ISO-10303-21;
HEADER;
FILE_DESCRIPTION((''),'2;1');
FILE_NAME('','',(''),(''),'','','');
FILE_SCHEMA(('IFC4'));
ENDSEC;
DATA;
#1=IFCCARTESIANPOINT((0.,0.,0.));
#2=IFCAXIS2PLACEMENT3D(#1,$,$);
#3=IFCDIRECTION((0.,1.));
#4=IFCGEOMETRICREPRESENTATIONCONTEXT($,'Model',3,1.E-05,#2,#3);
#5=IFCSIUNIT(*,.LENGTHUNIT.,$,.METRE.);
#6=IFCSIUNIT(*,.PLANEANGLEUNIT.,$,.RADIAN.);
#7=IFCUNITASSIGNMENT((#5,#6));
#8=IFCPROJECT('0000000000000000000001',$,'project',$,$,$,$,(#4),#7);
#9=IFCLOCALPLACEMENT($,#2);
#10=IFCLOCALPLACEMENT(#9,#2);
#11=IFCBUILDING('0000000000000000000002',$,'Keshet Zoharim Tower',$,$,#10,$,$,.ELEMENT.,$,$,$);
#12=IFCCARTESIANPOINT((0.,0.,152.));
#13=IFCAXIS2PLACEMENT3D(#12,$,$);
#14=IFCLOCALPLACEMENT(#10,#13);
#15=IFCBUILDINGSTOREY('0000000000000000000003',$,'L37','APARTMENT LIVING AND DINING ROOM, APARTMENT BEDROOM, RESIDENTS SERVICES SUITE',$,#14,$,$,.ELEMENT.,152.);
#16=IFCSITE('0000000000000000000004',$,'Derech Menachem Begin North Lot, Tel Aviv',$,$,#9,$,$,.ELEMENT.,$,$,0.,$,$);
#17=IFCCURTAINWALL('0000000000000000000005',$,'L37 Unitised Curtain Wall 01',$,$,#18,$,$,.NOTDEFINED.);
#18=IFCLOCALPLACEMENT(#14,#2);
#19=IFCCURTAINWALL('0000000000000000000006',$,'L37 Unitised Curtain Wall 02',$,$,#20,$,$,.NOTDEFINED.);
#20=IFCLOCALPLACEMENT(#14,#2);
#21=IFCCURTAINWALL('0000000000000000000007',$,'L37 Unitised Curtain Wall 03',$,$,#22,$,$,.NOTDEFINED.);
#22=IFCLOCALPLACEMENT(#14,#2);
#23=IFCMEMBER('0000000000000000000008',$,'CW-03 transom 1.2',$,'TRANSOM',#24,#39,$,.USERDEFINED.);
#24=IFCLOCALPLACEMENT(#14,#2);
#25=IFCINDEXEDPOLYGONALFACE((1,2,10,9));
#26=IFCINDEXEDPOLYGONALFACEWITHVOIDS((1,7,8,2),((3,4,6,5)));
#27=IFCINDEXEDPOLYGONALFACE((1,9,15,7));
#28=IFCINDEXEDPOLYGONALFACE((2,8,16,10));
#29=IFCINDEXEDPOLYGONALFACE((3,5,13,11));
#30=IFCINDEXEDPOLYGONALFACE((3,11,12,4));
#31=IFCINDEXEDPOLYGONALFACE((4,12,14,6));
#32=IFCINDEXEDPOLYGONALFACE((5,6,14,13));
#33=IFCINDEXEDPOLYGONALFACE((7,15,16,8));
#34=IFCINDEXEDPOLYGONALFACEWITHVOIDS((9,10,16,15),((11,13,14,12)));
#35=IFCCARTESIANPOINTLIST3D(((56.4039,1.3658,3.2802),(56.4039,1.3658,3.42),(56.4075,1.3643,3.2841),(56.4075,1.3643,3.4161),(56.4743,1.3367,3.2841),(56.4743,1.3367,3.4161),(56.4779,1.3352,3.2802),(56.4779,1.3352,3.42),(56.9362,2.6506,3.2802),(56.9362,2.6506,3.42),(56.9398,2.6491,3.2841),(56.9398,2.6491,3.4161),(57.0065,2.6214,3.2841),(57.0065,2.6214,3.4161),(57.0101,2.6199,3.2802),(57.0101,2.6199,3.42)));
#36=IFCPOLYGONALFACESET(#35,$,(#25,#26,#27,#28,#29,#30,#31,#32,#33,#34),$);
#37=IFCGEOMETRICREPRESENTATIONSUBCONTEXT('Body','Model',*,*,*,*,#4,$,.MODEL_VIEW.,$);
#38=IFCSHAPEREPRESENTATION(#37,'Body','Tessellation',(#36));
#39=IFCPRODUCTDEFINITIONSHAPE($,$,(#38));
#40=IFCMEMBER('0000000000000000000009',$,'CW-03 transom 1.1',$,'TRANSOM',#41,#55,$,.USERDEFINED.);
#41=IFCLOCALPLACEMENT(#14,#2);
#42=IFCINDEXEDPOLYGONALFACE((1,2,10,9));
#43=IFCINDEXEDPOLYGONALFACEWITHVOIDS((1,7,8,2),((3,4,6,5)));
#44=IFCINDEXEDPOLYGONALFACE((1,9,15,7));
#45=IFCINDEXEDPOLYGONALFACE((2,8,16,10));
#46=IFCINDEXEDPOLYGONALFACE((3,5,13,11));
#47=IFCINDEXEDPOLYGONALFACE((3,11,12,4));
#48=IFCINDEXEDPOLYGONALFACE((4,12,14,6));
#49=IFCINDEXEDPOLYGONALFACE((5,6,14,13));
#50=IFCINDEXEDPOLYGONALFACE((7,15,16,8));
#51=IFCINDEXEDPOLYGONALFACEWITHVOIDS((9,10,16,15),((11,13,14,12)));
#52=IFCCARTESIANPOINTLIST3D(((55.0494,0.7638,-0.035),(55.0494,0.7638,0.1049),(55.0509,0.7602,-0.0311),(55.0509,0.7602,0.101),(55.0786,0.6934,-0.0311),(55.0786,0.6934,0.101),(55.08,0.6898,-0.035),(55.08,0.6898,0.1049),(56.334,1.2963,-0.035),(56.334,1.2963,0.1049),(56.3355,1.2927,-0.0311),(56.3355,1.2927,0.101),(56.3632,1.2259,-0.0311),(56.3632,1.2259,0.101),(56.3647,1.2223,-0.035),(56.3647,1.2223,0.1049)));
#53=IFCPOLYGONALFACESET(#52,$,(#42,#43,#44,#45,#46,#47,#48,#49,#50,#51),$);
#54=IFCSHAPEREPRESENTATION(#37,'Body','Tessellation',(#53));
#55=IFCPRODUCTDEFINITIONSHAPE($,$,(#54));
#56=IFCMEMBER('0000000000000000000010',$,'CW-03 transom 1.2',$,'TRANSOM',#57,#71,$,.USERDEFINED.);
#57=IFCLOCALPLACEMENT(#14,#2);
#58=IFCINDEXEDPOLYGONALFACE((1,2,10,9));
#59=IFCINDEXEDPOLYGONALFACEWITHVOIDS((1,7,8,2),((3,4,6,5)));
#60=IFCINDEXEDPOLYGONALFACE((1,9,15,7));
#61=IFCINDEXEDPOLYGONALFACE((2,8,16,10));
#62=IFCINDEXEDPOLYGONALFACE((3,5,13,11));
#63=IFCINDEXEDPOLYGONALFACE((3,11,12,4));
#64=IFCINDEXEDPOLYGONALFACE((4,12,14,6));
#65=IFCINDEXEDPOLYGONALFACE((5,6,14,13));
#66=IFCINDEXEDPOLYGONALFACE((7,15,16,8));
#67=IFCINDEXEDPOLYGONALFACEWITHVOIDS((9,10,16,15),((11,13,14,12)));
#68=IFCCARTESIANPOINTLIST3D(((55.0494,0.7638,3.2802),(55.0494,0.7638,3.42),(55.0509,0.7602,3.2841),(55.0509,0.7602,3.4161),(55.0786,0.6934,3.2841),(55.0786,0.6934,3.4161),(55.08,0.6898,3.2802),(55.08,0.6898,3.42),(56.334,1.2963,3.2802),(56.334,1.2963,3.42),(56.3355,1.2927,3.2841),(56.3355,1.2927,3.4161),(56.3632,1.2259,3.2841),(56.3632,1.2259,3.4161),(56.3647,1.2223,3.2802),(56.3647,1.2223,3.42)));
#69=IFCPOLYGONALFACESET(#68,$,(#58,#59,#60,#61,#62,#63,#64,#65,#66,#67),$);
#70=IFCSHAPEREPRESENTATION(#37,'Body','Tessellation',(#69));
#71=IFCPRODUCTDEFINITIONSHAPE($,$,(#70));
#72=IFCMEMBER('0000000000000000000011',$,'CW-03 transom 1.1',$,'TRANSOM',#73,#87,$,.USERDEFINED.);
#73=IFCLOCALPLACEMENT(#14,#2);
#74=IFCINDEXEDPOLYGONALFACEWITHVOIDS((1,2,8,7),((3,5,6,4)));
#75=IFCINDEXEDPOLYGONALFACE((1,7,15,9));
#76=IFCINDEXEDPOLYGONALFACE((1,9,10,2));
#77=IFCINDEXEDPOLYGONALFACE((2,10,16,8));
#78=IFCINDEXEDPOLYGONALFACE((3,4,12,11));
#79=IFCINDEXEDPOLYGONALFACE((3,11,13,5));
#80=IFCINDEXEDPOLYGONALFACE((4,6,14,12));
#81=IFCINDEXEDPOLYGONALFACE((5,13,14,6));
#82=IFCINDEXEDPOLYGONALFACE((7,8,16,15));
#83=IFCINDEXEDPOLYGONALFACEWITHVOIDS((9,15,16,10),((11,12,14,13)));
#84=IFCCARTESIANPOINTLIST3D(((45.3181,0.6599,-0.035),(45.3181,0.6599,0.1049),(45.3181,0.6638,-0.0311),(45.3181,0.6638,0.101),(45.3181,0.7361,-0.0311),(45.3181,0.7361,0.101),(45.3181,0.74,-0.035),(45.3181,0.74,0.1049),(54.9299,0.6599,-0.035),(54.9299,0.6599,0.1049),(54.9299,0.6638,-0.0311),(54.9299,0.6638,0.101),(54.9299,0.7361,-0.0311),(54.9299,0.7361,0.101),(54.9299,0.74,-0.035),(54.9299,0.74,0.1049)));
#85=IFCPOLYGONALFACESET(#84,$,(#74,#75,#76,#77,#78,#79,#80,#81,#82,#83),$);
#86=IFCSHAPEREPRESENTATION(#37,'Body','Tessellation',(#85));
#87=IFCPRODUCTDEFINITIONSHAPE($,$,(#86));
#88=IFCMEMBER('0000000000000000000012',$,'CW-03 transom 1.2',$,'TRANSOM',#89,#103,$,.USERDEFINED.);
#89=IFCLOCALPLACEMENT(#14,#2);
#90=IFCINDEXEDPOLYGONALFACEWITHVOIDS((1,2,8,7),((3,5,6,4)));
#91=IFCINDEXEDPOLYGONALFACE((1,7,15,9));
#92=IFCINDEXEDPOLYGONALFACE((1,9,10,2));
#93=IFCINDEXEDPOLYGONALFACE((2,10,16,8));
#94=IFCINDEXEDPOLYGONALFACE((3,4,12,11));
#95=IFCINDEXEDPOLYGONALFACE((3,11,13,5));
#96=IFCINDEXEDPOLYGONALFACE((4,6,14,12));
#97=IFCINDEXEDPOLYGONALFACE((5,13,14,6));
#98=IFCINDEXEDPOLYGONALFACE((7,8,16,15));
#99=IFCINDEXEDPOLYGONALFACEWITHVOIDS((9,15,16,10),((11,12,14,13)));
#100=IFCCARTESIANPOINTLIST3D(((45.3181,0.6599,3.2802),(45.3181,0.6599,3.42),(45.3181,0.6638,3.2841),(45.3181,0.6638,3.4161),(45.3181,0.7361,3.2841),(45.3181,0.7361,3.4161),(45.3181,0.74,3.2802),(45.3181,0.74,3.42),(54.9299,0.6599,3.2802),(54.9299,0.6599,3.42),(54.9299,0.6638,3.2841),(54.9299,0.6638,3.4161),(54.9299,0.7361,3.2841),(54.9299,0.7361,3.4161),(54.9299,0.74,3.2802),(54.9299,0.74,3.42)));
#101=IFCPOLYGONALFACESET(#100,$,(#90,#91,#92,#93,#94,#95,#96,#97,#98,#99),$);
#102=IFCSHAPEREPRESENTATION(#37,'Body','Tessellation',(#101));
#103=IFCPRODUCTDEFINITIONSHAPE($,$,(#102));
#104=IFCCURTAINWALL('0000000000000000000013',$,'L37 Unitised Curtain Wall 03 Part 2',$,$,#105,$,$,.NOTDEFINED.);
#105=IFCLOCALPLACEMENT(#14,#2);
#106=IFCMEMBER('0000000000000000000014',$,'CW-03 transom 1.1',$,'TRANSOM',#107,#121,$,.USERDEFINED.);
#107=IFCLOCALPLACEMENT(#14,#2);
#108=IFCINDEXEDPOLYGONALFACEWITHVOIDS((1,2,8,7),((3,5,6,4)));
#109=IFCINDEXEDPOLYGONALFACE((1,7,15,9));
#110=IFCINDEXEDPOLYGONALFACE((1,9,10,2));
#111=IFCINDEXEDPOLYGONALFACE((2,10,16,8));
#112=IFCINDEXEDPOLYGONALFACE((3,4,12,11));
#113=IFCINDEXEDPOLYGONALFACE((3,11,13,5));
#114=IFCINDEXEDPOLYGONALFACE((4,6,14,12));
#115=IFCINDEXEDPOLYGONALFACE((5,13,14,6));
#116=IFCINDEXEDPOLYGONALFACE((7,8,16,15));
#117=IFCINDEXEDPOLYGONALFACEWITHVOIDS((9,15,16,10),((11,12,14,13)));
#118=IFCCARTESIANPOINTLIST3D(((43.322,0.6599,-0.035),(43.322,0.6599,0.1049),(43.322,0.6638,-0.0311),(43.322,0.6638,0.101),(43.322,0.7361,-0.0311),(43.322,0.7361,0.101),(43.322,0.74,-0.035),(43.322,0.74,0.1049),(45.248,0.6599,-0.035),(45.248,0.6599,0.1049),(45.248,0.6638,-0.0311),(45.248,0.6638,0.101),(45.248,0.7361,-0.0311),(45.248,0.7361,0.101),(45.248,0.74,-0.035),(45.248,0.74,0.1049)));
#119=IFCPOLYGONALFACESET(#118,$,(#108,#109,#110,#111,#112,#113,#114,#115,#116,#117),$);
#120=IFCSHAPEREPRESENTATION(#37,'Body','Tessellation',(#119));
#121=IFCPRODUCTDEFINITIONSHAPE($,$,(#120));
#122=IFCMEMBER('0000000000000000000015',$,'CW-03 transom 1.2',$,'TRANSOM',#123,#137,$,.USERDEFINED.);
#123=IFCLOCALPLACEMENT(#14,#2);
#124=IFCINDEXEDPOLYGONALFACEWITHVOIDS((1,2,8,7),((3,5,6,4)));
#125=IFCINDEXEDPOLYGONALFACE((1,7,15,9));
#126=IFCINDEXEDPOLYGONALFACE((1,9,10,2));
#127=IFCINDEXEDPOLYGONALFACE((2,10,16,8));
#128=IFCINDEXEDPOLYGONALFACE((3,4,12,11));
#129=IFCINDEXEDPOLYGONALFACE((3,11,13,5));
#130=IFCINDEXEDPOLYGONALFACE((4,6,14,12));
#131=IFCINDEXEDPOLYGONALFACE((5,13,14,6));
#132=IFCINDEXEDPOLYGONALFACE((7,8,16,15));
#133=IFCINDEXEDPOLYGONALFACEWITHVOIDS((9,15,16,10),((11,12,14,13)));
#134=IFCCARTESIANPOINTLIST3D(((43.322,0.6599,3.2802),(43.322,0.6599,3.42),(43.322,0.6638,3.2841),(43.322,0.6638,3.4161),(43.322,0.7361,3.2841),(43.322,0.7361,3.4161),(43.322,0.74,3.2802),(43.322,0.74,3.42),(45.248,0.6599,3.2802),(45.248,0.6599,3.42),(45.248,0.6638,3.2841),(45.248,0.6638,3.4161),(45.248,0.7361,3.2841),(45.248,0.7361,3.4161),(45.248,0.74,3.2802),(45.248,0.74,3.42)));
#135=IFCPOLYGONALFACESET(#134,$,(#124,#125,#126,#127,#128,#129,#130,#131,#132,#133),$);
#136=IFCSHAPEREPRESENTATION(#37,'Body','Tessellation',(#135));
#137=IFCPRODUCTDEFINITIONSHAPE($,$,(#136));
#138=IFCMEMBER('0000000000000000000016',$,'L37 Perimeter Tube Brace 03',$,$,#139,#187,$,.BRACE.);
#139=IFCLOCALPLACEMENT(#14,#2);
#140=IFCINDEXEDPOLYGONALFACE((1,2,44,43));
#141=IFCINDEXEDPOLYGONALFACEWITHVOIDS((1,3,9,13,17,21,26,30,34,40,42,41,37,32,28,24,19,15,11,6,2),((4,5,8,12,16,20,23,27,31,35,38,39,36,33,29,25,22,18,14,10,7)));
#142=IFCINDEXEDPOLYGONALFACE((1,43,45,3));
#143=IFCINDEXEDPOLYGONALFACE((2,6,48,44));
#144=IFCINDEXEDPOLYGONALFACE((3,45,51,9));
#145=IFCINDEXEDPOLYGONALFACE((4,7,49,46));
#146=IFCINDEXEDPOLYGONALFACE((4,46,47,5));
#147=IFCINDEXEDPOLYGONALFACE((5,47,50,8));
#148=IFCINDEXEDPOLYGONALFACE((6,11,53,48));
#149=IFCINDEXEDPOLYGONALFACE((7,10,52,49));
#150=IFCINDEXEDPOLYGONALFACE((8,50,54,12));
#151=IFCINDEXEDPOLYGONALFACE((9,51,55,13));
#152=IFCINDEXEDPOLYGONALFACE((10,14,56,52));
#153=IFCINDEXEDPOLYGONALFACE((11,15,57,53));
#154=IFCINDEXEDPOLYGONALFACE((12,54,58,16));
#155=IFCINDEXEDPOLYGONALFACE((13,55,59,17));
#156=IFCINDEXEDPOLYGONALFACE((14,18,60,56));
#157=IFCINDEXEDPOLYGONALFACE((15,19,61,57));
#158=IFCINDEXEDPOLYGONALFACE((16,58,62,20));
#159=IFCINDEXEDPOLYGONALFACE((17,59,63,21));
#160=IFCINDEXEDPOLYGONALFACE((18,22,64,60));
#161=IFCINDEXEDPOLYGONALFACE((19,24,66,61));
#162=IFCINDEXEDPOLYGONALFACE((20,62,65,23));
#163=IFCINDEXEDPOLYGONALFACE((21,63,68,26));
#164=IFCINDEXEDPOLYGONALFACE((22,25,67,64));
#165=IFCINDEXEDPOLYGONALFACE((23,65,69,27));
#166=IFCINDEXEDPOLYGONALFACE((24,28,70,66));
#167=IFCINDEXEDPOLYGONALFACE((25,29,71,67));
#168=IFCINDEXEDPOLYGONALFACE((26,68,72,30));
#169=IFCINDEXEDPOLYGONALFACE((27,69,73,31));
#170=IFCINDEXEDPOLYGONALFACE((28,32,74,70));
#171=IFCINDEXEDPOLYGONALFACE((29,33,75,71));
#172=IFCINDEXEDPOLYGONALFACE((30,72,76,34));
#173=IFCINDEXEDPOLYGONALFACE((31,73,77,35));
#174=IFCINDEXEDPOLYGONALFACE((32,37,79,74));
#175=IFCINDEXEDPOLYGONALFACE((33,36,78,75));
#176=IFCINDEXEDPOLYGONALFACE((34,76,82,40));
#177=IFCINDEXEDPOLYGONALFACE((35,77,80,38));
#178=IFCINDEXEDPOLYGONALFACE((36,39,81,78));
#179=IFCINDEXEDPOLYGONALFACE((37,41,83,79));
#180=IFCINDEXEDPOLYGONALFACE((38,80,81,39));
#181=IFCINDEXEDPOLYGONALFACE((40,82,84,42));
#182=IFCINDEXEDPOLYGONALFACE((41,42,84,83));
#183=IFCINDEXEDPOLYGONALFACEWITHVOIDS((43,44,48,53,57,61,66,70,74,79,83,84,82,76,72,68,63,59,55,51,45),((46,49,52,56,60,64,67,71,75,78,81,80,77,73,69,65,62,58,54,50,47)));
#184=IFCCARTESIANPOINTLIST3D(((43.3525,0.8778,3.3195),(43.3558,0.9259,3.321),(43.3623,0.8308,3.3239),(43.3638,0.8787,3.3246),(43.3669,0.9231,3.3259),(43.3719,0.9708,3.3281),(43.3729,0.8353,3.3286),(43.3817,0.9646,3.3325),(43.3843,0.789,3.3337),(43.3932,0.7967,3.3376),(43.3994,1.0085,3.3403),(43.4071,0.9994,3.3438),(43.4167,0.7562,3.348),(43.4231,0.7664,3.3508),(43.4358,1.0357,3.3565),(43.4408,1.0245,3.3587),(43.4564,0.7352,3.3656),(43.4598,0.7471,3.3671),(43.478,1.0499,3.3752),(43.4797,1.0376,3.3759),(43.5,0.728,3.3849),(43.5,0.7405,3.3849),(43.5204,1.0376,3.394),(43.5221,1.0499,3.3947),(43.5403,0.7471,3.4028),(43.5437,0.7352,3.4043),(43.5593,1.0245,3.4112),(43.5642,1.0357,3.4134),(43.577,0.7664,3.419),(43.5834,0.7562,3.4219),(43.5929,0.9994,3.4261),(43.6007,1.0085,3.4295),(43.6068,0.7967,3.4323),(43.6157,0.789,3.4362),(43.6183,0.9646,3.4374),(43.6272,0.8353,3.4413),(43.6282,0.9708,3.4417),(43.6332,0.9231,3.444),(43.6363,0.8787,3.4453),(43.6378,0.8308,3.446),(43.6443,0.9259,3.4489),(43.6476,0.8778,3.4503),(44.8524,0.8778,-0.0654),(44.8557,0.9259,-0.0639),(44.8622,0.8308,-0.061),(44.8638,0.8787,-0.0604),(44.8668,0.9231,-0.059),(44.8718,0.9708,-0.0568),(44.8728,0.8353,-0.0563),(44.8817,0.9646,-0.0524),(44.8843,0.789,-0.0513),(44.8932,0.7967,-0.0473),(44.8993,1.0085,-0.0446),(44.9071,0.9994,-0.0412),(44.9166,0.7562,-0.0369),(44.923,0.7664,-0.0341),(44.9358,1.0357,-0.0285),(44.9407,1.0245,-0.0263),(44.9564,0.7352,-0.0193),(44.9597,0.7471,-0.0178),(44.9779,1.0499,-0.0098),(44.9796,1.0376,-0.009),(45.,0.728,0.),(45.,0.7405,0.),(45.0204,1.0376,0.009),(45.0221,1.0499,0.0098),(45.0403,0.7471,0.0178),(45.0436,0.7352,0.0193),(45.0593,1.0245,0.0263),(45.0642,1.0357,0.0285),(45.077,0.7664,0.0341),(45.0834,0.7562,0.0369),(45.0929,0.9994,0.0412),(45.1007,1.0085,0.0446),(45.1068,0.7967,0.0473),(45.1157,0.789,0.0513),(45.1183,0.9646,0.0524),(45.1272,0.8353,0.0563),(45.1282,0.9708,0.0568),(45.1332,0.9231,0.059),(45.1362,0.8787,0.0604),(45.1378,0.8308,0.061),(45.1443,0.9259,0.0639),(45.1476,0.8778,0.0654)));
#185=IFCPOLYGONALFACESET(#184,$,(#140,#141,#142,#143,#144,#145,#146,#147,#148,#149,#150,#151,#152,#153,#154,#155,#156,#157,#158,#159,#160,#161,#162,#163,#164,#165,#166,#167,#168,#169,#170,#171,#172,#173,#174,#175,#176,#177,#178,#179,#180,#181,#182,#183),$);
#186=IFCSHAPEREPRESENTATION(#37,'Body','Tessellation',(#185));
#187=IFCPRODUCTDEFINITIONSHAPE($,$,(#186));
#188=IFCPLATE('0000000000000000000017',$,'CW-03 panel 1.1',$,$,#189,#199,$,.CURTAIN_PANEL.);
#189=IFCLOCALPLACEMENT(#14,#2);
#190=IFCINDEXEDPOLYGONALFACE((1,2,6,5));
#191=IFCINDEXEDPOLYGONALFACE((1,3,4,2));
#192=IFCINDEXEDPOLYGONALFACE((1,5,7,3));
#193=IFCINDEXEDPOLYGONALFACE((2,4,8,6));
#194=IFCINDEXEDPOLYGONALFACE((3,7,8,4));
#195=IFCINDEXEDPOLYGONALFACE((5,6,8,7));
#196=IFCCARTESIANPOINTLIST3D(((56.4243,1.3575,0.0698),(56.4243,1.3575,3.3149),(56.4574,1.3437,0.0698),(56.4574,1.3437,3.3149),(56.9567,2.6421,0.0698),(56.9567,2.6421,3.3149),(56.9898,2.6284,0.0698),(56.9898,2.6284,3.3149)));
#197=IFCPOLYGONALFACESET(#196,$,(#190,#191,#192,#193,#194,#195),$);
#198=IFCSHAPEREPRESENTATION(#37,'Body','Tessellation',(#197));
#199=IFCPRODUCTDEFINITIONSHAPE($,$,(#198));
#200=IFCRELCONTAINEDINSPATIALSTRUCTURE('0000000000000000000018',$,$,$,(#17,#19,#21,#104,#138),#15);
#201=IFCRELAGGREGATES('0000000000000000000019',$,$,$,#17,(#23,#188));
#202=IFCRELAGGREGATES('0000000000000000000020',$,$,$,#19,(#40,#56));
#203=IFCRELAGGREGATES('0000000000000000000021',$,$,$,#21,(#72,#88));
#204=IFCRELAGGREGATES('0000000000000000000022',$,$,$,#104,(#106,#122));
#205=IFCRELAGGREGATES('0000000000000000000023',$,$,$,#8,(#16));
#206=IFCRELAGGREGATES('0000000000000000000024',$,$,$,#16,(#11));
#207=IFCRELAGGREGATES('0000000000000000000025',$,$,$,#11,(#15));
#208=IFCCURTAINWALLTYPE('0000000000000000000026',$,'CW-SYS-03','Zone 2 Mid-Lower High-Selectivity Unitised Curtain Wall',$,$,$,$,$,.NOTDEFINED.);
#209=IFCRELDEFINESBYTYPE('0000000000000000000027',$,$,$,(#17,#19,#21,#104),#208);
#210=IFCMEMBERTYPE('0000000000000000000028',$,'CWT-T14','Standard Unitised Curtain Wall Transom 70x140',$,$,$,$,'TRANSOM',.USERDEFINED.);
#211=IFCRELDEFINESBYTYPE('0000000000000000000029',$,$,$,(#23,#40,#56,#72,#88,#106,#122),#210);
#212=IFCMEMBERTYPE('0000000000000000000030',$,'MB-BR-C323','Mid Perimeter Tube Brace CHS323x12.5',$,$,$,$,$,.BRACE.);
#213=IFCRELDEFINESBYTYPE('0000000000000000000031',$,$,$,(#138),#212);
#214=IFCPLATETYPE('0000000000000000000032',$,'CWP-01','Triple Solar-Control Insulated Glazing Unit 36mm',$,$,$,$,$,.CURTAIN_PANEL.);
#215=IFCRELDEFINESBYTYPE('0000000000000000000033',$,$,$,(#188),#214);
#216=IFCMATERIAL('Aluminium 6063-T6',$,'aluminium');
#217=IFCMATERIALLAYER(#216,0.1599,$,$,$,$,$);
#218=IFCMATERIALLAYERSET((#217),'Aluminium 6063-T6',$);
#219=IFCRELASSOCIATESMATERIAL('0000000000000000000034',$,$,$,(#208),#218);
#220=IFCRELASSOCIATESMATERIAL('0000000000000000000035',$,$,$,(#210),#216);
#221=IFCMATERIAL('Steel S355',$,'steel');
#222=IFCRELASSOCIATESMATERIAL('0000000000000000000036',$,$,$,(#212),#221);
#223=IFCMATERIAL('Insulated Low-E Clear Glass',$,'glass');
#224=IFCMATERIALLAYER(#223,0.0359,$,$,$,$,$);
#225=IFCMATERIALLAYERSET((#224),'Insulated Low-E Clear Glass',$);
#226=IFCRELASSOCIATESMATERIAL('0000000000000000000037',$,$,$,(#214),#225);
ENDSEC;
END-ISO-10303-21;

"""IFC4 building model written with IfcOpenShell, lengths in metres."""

from ifc_helpers import new_model, si_unit, direction, frame, origin, origin_2d, place, context, subcontext, project, spatial, rectangle, hollow_rectangle, hollow_circle, extrude, material, layer, layer_set, material_profile, profile_set, type_object, element, aggregate, save


model = new_model("IFC4")

# Units and contexts
model_context = context("Model", 3, precision=1e-05, world=origin(), true_north=direction((0.0, 1.0)))
body_context = subcontext(model_context, "Body", "Model", "MODEL_VIEW")
ifc_project = project(units=[si_unit("LENGTHUNIT", "METRE"), si_unit("PLANEANGLEUNIT", "RADIAN")], contexts=[model_context])

# Site, building, storey
site_placement = place(None, origin())
site = spatial("IfcSite", under=ifc_project, at=site_placement, Name="Derech Menachem Begin North Lot, Tel Aviv", CompositionType="ELEMENT", RefElevation=0.0)
building_placement = place(site_placement, origin())
building = spatial("IfcBuilding", under=site, at=building_placement, Name="Keshet Zoharim Tower", CompositionType="ELEMENT")
storey_placement = place(building_placement, frame((0.0, 0.0, 152.0)))
storey = spatial("IfcBuildingStorey", under=building, at=storey_placement, Name="L37", Description="APARTMENT LIVING AND DINING ROOM, APARTMENT BEDROOM, RESIDENTS SERVICES SUITE", CompositionType="ELEMENT", Elevation=152.0)

# Shared definitions
ifc_material_1 = material(Name="Steel S355", Category="steel")

# Curtain walls
ifc_material_2 = material(Name="Aluminium 6063-T6", Category="aluminium")
ifc_layer_1 = layer(ifc_material_2, 0.1599)
ifc_layer_set_1 = layer_set([ifc_layer_1], Name="Aluminium 6063-T6")
curtain_wall_type = type_object("IfcCurtainWallType", Name="CW-SYS-03", Description="Zone 2 Mid-Lower High-Selectivity Unitised Curtain Wall", PredefinedType="NOTDEFINED", material=ifc_layer_set_1)
curtain_wall_1_placement = place(storey_placement, origin())
curtain_wall_1 = element("IfcCurtainWall", 1, at=curtain_wall_1_placement, inside=storey, type_object=curtain_wall_type, Name="L37 Unitised Curtain Wall 01", PredefinedType="NOTDEFINED")
curtain_wall_2_placement = place(storey_placement, origin())
curtain_wall_2 = element("IfcCurtainWall", 2, at=curtain_wall_2_placement, inside=storey, type_object=curtain_wall_type, Name="L37 Unitised Curtain Wall 02", PredefinedType="NOTDEFINED")
curtain_wall_3_placement = place(storey_placement, origin())
curtain_wall_3 = element("IfcCurtainWall", 3, at=curtain_wall_3_placement, inside=storey, type_object=curtain_wall_type, Name="L37 Unitised Curtain Wall 03", PredefinedType="NOTDEFINED")

# Members
ifc_material_profile_1 = material_profile(ifc_material_2, hollow_rectangle(XDim=0.0801, YDim=0.1399, WallThickness=0.0039, at=origin_2d()), Name="TRN-80x140")
ifc_profile_set_1 = profile_set([ifc_material_profile_1], Name="Aluminium 6063-T6")
member_type_1 = type_object("IfcMemberType", Name="CWT-T14", Description="Standard Unitised Curtain Wall Transom 70x140", ElementType="TRANSOM", PredefinedType="USERDEFINED", material=ifc_profile_set_1)
member_1_placement = place(storey_placement, frame((56.9731, 2.6353, 3.3501), z_axis=(-0.382745, -0.923854, 0.0), x_axis=(0.923854, -0.382745, 0.0)))
member_1 = element("IfcMember", 4, at=member_1_placement, type_object=member_type_1, Name="CW-03 transom 1.2", ObjectType="TRANSOM", PredefinedType="USERDEFINED", context=body_context, shape_type="SweptSolid", body=[
    extrude(hollow_rectangle(XDim=0.0801, YDim=0.1399, WallThickness=0.0039, at=origin_2d()), origin(), (0.0, 0.0, 1.0), 1.3906),
])
member_2_placement = place(storey_placement, frame((56.3494, 1.2593, 0.0349), z_axis=(-0.923792, -0.382894, 0.0), x_axis=(0.382894, -0.923792, 0.0)))
member_2 = element("IfcMember", 5, at=member_2_placement, type_object=member_type_1, Name="CW-03 transom 1.1", ObjectType="TRANSOM", PredefinedType="USERDEFINED", context=body_context, shape_type="SweptSolid", body=[
    extrude(hollow_rectangle(XDim=0.0801, YDim=0.1399, WallThickness=0.0039, at=origin_2d()), origin(), (0.0, 0.0, 1.0), 1.3906),
])
member_3_placement = place(storey_placement, frame((56.3494, 1.2593, 3.3501), z_axis=(-0.923792, -0.382894, 0.0), x_axis=(0.382894, -0.923792, 0.0)))
member_3 = element("IfcMember", 6, at=member_3_placement, type_object=member_type_1, Name="CW-03 transom 1.2", ObjectType="TRANSOM", PredefinedType="USERDEFINED", context=body_context, shape_type="SweptSolid", body=[
    extrude(hollow_rectangle(XDim=0.0801, YDim=0.1399, WallThickness=0.0039, at=origin_2d()), origin(), (0.0, 0.0, 1.0), 1.3906),
])
member_4_placement = place(storey_placement, frame((54.9299, 0.7, 0.0349), z_axis=(-1.0, 0.0, 0.0), x_axis=(0.0, -1.0, 0.0)))
member_4 = element("IfcMember", 7, at=member_4_placement, type_object=member_type_1, Name="CW-03 transom 1.1", ObjectType="TRANSOM", PredefinedType="USERDEFINED", context=body_context, shape_type="SweptSolid", body=[
    extrude(hollow_rectangle(XDim=0.0801, YDim=0.1399, WallThickness=0.0039, at=origin_2d()), origin(), (0.0, 0.0, 1.0), 9.6118),
])
member_5_placement = place(storey_placement, frame((54.9299, 0.7, 3.3501), z_axis=(-1.0, 0.0, 0.0), x_axis=(0.0, -1.0, 0.0)))
member_5 = element("IfcMember", 8, at=member_5_placement, type_object=member_type_1, Name="CW-03 transom 1.2", ObjectType="TRANSOM", PredefinedType="USERDEFINED", context=body_context, shape_type="SweptSolid", body=[
    extrude(hollow_rectangle(XDim=0.0801, YDim=0.1399, WallThickness=0.0039, at=origin_2d()), origin(), (0.0, 0.0, 1.0), 9.6118),
])

# Curtain wall, members
curtain_wall_4_placement = place(storey_placement, origin())
curtain_wall_4 = element("IfcCurtainWall", 9, at=curtain_wall_4_placement, inside=storey, type_object=curtain_wall_type, Name="L37 Unitised Curtain Wall 03 Part 2", PredefinedType="NOTDEFINED")
member_6_placement = place(storey_placement, frame((45.248, 0.7, 0.0349), z_axis=(-1.0, 0.0, 0.0), x_axis=(0.0, -1.0, 0.0)))
member_6 = element("IfcMember", 10, at=member_6_placement, type_object=member_type_1, Name="CW-03 transom 1.1", ObjectType="TRANSOM", PredefinedType="USERDEFINED", context=body_context, shape_type="SweptSolid", body=[
    extrude(hollow_rectangle(XDim=0.0801, YDim=0.1399, WallThickness=0.0039, at=origin_2d()), origin(), (0.0, 0.0, 1.0), 1.926),
])
member_7_placement = place(storey_placement, frame((45.248, 0.7, 3.3501), z_axis=(-1.0, 0.0, 0.0), x_axis=(0.0, -1.0, 0.0)))
member_7 = element("IfcMember", 11, at=member_7_placement, type_object=member_type_1, Name="CW-03 transom 1.2", ObjectType="TRANSOM", PredefinedType="USERDEFINED", context=body_context, shape_type="SweptSolid", body=[
    extrude(hollow_rectangle(XDim=0.0801, YDim=0.1399, WallThickness=0.0039, at=origin_2d()), origin(), (0.0, 0.0, 1.0), 1.926),
])

# Member
ifc_material_profile_2 = material_profile(ifc_material_1, hollow_circle(Radius=0.1619, WallThickness=0.0125, at=origin_2d()), Name="CHS323x12.5")
ifc_profile_set_2 = profile_set([ifc_material_profile_2], Name="Steel S355")
member_type_2 = type_object("IfcMemberType", Name="MB-BR-C323", Description="Mid Perimeter Tube Brace CHS323x12.5", PredefinedType="BRACE", material=ifc_profile_set_2)
member_8_placement = place(storey_placement, frame((45.0, 0.8899, 0.0), z_axis=(-0.405135, 0.0, 0.914257), x_axis=(0.0, -1.0, 0.0)))
element("IfcMember", 12, at=member_8_placement, inside=storey, type_object=member_type_2, Name="L37 Perimeter Tube Brace 03", PredefinedType="BRACE", context=body_context, shape_type="SweptSolid", body=[
    extrude(hollow_circle(Radius=0.1619, WallThickness=0.0125, at=origin_2d()), origin(), (0.0, 0.0, 1.0), 3.7024),
])

# Plate
ifc_material_3 = material(Name="Insulated Low-E Clear Glass", Category="glass")
ifc_layer_2 = layer(ifc_material_3, 0.0359)
ifc_layer_set_2 = layer_set([ifc_layer_2], Name="Insulated Low-E Clear Glass")
plate_type_1 = type_object("IfcPlateType", Name="CWP-01", Description="Triple Solar-Control Insulated Glazing Unit 36mm", PredefinedType="CURTAIN_PANEL", material=ifc_layer_set_2)
plate_1_placement = place(storey_placement, frame((56.707, 1.9929, 0.0698), z_axis=(0.0, 0.0, 1.0), x_axis=(-0.382852, -0.92381, 0.0)))
plate_1 = element("IfcPlate", 13, at=plate_1_placement, type_object=plate_type_1, Name="CW-03 panel 1.1", PredefinedType="CURTAIN_PANEL", context=body_context, shape_type="SweptSolid", body=[
    extrude(rectangle(XDim=1.3906, YDim=0.0359, at=origin_2d()), origin(), (0.0, 0.0, 1.0), 3.2451),
])
aggregate(curtain_wall_1, [member_1, plate_1])
aggregate(curtain_wall_2, [member_2, member_3])
aggregate(curtain_wall_3, [member_4, member_5])
aggregate(curtain_wall_4, [member_6, member_7])

save(model, "model.ifc")
